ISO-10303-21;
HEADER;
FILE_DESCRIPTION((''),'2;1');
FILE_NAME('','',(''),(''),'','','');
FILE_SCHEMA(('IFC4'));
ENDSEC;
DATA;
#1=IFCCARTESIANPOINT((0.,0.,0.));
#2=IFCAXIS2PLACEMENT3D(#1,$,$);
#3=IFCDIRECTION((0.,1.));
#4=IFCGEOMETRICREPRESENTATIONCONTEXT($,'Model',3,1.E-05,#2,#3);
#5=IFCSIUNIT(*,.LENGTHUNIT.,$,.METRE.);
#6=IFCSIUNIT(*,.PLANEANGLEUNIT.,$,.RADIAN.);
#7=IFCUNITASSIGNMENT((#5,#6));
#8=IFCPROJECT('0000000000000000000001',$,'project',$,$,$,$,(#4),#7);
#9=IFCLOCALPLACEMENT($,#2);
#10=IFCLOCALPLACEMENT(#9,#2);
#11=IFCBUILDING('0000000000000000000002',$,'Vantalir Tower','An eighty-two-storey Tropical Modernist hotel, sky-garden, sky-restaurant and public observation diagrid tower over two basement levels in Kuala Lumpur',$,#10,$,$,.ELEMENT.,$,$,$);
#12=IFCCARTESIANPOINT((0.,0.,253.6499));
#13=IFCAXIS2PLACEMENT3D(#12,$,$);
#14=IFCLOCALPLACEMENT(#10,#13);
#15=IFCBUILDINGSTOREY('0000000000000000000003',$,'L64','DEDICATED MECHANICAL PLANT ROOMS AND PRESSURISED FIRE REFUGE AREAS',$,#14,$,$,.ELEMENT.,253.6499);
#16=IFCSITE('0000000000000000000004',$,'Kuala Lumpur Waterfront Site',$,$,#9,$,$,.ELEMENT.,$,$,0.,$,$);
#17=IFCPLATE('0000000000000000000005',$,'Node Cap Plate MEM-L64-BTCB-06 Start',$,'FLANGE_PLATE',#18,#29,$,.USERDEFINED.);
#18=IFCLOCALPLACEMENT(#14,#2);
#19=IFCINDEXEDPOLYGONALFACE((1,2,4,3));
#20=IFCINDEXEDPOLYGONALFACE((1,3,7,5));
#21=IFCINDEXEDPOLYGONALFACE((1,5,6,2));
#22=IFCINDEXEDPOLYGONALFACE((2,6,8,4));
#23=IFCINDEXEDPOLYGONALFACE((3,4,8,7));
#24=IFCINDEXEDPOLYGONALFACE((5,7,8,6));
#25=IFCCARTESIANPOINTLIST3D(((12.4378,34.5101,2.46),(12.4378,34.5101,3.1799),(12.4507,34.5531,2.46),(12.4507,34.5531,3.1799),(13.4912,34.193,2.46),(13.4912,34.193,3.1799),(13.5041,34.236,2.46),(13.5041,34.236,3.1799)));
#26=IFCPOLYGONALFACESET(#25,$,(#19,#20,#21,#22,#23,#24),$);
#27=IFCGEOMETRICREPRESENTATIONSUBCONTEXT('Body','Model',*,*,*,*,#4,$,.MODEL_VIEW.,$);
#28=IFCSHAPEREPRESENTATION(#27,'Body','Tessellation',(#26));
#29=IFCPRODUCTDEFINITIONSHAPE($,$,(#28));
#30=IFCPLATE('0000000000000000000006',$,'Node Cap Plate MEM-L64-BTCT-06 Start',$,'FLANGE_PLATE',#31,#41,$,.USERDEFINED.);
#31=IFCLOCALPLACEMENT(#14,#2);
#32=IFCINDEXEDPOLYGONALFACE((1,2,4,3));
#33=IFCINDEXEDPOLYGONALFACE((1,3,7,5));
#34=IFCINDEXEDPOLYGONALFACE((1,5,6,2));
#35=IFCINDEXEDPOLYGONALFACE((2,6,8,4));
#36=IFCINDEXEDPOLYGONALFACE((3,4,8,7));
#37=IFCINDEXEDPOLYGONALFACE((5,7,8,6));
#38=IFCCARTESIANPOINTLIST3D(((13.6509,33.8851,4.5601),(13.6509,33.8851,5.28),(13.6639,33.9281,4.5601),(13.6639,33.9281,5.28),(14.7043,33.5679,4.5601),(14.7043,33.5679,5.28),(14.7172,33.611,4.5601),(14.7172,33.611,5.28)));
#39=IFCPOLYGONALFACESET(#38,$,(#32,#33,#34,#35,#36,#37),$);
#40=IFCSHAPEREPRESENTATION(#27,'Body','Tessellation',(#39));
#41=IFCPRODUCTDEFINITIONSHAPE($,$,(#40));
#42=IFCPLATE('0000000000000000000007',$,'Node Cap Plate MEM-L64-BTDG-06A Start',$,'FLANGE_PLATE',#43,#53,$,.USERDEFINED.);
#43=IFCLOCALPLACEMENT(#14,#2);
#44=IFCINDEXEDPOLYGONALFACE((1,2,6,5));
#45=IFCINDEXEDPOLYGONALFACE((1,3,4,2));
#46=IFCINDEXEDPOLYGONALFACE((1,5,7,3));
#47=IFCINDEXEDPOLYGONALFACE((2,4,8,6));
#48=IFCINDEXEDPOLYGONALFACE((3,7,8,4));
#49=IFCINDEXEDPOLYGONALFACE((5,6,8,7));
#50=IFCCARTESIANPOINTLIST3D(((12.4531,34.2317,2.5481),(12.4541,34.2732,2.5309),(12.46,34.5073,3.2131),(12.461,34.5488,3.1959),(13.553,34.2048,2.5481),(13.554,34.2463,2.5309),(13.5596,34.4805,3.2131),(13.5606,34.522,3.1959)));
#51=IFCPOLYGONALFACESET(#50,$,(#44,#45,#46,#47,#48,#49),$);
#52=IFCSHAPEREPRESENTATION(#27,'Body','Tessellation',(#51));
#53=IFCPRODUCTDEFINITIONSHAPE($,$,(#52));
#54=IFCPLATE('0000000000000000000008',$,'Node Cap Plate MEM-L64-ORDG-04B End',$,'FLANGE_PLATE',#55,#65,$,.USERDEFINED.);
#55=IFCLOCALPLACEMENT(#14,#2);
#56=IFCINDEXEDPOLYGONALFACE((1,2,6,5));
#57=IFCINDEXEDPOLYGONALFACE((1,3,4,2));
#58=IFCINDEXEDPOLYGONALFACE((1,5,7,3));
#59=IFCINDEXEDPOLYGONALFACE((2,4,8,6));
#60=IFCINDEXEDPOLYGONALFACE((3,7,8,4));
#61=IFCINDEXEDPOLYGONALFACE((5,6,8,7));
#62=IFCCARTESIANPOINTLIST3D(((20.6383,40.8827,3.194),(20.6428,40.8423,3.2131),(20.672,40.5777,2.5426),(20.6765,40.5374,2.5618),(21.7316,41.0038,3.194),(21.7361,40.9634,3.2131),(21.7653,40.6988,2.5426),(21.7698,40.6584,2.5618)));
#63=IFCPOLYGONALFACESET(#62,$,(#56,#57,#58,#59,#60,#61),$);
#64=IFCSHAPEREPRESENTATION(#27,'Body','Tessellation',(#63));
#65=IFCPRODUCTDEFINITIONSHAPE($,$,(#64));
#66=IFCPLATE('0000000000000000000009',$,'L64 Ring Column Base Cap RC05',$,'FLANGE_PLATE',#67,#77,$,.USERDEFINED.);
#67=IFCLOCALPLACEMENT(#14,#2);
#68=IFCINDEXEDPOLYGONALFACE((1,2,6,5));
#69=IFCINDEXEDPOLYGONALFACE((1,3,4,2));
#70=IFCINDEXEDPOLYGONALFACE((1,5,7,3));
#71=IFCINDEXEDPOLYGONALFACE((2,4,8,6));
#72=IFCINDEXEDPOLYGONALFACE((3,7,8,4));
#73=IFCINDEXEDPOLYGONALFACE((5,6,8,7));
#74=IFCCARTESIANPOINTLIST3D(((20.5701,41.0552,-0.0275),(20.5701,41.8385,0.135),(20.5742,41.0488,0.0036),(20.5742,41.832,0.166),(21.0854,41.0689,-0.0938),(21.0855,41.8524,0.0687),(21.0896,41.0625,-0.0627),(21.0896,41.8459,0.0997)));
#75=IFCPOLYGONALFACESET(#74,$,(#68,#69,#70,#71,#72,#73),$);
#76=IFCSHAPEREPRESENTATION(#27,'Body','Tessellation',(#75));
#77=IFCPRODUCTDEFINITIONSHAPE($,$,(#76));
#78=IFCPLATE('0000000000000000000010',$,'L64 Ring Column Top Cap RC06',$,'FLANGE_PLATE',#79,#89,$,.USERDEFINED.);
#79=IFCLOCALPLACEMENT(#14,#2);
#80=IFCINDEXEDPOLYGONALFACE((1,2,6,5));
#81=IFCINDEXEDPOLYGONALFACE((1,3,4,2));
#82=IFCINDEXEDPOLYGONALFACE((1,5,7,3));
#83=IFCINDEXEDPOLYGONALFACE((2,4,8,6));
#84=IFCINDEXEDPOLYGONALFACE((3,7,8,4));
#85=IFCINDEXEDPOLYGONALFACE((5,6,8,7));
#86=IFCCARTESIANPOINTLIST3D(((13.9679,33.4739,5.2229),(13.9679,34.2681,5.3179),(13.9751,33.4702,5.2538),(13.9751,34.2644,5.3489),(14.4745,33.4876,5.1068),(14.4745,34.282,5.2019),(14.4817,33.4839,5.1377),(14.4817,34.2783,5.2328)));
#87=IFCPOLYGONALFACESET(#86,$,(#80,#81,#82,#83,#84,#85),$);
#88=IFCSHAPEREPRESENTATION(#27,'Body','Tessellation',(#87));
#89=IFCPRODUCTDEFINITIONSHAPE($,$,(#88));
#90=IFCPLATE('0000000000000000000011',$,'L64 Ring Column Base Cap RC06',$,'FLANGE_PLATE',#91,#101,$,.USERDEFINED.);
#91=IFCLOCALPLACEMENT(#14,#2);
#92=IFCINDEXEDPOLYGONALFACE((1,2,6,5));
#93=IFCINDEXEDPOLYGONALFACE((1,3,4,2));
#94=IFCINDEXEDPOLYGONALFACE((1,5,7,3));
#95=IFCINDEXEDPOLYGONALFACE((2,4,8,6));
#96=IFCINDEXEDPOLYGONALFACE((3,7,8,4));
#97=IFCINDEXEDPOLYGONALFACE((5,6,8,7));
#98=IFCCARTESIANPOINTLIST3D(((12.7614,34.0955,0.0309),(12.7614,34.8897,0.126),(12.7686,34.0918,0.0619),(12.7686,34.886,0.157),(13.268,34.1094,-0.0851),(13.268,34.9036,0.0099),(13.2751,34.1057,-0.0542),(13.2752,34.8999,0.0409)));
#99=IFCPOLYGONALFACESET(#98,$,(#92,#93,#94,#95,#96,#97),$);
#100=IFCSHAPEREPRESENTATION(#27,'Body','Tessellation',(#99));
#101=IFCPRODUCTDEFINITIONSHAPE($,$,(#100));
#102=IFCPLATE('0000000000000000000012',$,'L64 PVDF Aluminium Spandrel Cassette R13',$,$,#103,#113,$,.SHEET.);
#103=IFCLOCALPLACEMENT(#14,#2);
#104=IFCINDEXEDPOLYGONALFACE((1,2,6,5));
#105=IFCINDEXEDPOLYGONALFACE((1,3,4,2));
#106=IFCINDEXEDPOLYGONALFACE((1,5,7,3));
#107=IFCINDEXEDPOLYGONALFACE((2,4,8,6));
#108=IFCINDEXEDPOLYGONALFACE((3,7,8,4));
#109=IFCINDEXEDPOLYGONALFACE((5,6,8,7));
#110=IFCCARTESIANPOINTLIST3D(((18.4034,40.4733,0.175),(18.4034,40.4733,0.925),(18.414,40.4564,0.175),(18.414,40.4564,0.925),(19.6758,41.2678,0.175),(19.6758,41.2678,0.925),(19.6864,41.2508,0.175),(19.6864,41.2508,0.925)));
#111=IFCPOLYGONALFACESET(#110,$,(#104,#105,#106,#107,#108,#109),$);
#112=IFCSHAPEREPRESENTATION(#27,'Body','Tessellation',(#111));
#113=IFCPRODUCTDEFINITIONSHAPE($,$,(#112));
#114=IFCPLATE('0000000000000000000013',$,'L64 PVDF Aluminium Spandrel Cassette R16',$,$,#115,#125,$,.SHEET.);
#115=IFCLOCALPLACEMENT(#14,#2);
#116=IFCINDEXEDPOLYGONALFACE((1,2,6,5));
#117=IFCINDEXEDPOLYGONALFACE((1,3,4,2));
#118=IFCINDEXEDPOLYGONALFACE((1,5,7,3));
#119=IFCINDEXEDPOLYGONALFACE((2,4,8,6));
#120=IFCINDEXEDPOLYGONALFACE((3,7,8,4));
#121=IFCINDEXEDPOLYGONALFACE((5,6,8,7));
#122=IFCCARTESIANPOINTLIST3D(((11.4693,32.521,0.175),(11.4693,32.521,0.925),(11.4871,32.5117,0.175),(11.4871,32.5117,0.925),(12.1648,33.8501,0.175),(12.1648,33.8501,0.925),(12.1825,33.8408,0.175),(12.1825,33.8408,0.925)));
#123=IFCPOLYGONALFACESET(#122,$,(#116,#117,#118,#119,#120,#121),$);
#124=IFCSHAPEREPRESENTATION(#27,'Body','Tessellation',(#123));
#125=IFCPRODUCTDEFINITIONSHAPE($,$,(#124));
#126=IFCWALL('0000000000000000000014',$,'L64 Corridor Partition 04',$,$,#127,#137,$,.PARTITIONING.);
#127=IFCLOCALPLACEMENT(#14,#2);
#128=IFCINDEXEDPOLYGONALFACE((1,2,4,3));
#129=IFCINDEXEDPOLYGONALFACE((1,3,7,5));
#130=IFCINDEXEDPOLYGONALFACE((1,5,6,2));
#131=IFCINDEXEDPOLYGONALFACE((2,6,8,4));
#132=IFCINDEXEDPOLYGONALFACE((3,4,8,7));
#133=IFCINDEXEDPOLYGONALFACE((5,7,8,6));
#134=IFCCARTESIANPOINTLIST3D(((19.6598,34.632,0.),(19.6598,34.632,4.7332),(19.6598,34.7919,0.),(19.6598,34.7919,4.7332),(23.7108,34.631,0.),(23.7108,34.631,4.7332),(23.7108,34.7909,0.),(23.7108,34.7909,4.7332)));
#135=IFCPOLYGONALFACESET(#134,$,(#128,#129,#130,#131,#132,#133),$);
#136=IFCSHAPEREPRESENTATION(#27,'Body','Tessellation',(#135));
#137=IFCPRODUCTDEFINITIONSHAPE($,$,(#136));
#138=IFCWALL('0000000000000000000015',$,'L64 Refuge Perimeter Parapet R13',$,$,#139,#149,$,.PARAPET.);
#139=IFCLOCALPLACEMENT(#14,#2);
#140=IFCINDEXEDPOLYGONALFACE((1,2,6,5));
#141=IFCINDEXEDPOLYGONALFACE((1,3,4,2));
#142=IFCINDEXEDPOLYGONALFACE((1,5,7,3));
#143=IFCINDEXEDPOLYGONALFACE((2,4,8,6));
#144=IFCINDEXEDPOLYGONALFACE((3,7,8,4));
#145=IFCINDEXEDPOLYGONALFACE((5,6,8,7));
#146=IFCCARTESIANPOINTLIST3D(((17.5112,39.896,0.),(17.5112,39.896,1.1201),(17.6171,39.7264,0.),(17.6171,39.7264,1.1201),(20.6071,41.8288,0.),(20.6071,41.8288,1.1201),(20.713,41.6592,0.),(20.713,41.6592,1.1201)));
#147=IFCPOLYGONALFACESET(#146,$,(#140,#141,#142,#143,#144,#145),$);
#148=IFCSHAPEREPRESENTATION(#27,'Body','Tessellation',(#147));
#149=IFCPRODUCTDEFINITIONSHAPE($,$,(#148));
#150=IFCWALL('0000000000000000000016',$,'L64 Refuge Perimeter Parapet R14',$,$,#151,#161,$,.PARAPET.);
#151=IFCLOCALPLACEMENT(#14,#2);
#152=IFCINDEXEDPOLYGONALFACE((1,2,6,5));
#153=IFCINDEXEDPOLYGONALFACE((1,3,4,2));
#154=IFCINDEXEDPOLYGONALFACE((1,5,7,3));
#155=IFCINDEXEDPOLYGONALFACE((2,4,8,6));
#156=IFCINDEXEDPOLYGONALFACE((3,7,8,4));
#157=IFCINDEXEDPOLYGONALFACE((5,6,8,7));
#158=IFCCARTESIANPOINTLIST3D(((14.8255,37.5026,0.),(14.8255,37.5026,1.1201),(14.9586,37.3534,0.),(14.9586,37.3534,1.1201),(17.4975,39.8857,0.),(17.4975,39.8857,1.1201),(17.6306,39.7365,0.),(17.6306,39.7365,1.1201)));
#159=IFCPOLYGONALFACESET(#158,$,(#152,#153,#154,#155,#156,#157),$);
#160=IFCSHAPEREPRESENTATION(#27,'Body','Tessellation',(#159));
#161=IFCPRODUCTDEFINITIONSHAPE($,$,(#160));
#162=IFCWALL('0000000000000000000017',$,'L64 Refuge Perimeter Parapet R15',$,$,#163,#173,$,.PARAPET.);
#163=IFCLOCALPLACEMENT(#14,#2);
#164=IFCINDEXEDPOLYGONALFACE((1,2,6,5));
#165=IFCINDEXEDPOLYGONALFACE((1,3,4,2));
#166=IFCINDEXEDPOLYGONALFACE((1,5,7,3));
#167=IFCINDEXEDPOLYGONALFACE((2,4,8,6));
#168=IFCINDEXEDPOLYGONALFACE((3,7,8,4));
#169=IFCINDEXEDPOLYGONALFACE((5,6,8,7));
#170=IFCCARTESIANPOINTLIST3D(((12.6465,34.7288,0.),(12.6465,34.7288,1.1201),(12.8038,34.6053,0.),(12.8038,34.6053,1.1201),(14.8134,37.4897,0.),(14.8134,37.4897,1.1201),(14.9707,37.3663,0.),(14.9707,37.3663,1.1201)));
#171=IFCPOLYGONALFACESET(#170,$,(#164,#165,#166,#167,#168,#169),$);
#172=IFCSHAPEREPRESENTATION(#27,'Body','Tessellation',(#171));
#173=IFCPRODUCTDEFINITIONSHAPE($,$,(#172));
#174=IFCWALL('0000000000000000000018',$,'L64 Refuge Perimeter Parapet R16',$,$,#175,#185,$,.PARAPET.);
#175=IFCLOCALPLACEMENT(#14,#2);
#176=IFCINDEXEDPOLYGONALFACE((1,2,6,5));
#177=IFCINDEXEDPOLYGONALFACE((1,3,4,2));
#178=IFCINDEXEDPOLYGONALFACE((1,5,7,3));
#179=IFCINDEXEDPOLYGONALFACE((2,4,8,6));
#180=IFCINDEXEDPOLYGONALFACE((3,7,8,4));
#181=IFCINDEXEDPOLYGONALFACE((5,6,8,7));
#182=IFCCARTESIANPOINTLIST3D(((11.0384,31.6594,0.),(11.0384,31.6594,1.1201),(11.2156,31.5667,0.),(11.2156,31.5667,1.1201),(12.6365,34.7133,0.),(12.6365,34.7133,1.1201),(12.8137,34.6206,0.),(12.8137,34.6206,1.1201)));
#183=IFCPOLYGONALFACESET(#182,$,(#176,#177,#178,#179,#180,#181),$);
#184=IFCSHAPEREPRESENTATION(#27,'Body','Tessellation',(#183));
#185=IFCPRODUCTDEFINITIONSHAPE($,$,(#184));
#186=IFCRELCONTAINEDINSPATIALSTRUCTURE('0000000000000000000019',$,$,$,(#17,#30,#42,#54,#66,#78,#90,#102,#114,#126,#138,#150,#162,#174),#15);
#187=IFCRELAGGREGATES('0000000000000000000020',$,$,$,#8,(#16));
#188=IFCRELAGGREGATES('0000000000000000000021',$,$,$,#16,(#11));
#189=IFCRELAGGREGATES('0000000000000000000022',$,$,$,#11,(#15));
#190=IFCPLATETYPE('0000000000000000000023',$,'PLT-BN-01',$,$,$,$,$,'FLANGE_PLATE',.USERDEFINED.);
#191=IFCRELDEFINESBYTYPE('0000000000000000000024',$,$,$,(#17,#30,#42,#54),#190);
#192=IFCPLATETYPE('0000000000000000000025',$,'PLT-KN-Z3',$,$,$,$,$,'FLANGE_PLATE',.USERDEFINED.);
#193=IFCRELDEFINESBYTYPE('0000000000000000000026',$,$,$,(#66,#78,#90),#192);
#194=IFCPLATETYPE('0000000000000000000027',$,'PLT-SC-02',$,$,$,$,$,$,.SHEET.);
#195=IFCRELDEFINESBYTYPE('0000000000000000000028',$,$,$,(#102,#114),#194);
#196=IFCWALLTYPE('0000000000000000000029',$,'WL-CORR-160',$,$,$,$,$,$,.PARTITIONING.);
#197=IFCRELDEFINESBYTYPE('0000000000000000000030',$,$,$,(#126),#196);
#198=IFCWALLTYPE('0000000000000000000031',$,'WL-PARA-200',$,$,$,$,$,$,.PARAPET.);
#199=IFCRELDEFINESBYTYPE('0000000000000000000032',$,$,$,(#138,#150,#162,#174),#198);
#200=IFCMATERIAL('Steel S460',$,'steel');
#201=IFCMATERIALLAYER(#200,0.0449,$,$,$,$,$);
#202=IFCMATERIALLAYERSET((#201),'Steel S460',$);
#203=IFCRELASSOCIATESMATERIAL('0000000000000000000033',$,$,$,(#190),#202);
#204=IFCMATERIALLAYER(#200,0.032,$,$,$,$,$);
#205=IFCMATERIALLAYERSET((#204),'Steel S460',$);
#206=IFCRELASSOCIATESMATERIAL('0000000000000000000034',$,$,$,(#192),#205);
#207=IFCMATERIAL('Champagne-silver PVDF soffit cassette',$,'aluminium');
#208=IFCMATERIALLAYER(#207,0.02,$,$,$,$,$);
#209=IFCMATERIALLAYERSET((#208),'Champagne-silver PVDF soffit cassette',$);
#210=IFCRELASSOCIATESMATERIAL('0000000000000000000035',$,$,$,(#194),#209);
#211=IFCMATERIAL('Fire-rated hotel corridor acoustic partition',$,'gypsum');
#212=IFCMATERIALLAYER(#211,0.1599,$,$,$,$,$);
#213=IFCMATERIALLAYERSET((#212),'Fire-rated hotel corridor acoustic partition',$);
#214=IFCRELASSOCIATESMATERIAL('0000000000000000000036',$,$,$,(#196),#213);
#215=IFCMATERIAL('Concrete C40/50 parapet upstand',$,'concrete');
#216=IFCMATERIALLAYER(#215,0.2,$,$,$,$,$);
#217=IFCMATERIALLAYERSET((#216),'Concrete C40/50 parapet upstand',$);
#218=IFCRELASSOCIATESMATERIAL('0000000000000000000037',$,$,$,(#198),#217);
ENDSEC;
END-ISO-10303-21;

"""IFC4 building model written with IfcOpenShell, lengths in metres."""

from ifc_helpers import new_model, si_unit, direction, frame, frame_2d, origin, origin_2d, place, context, subcontext, project, spatial, polyline, rectangle, outline, extrude, material, layer, layer_set, type_object, element, save


model = new_model("IFC4")

# Units and contexts
model_context = context("Model", 3, precision=1e-05, world=origin(), true_north=direction((0.0, 1.0)))
body_context = subcontext(model_context, "Body", "Model", "MODEL_VIEW")
ifc_project = project(units=[si_unit("LENGTHUNIT", "METRE"), si_unit("PLANEANGLEUNIT", "RADIAN")], contexts=[model_context])

# Site, building, storey
site_placement = place(None, origin())
site = spatial("IfcSite", under=ifc_project, at=site_placement, Name="Kuala Lumpur Waterfront Site", CompositionType="ELEMENT", RefElevation=0.0)
building_placement = place(site_placement, origin())
building = spatial("IfcBuilding", under=site, at=building_placement, Name="Vantalir Tower", Description="An eighty-two-storey Tropical Modernist hotel, sky-garden, sky-restaurant and public observation diagrid tower over two basement levels in Kuala Lumpur", CompositionType="ELEMENT")
storey_placement = place(building_placement, frame((0.0, 0.0, 253.6499)))
storey = spatial("IfcBuildingStorey", under=building, at=storey_placement, Name="L64", Description="DEDICATED MECHANICAL PLANT ROOMS AND PRESSURISED FIRE REFUGE AREAS", CompositionType="ELEMENT", Elevation=253.6499)

# Shared definitions
ifc_material_1 = material(Name="Steel S460", Category="steel")

# Plates
ifc_layer_1 = layer(ifc_material_1, 0.0449)
ifc_layer_set_1 = layer_set([ifc_layer_1], Name="Steel S460")
plate_type_1 = type_object("IfcPlateType", Name="PLT-BN-01", ElementType="FLANGE_PLATE", PredefinedType="USERDEFINED", material=ifc_layer_set_1)
for number, where, z_axis, x_axis, name in (
    (1, (12.9709, 34.373, 2.46), (0.0, 0.0, 1.0), (-0.288213, -0.957566, 0.0), "Node Cap Plate MEM-L64-BTCB-06 Start"),
    (2, (14.1841, 33.748, 4.5601), (0.0, 0.0, 1.0), (-0.28833, -0.957531, 0.0), "Node Cap Plate MEM-L64-BTCT-06 Start"),
):
    element("IfcPlate", number, at=place(storey_placement, frame(where, z_axis=z_axis, x_axis=x_axis)), inside=storey, type_object=plate_type_1, Name=name, ObjectType="FLANGE_PLATE", PredefinedType="USERDEFINED", context=body_context, shape_type="SweptSolid", body=[
        extrude(rectangle(XDim=0.0449, YDim=1.1001, at=origin_2d()), origin(), (0.0, 0.0, 1.0), 0.72),
    ])
plate_1_placement = place(storey_placement, frame((12.4531, 34.2317, 2.5481), z_axis=(-0.022551, -0.923482, 0.382978), x_axis=(0.999702, -0.024412, 0.000001)))
element("IfcPlate", 3, at=plate_1_placement, inside=storey, type_object=plate_type_1, Name="Node Cap Plate MEM-L64-BTDG-06A Start", ObjectType="FLANGE_PLATE", PredefinedType="USERDEFINED", context=body_context, shape_type="SweptSolid", body=[
    extrude(outline(polyline([(0.0, 0.0), (1.1002, 0.0), (1.1, 0.7199), (0.0001, 0.7199), (0.0, 0.0)])), origin(), (0.0, 0.0, -1.0), 0.0449),
])
plate_2_placement = place(storey_placement, frame((20.6765, 40.5374, 2.5618), z_axis=(0.099597, -0.89918, 0.426094), x_axis=(0.993922, 0.11009, 0.0)))
element("IfcPlate", 4, at=plate_2_placement, inside=storey, type_object=plate_type_1, Name="Node Cap Plate MEM-L64-ORDG-04B End", ObjectType="FLANGE_PLATE", PredefinedType="USERDEFINED", context=body_context, shape_type="SweptSolid", body=[
    extrude(outline(polyline([(0.0, 0.0), (1.0999, 0.0), (1.1, 0.72), (0.0001, 0.72), (0.0, 0.0)])), origin(), (0.0, 0.0, -1.0), 0.0449),
])
ifc_layer_2 = layer(ifc_material_1, 0.032)
ifc_layer_set_2 = layer_set([ifc_layer_2], Name="Steel S460")
plate_type_2 = type_object("IfcPlateType", Name="PLT-KN-Z3", ElementType="FLANGE_PLATE", PredefinedType="USERDEFINED", material=ifc_layer_set_2)
plate_3_placement = place(storey_placement, frame((20.5742, 41.832, 0.166), z_axis=(0.130248, -0.201365, 0.970818), x_axis=(0.000023, -0.979158, -0.203098)))
element("IfcPlate", 5, at=plate_3_placement, inside=storey, type_object=plate_type_2, Name="L64 Ring Column Base Cap RC05", ObjectType="FLANGE_PLATE", PredefinedType="USERDEFINED", context=body_context, shape_type="SweptSolid", body=[
    extrude(outline(polyline([(0.0, 0.0), (0.7999, 0.0), (0.8, 0.5198), (-0.0001, 0.5198), (0.0, 0.0)])), origin(), (0.0, 0.0, -1.0), 0.032),
])
plate_4_placement = place(storey_placement, frame((13.9751, 34.2644, 5.3489), z_axis=(0.224859, -0.115824, 0.967483), x_axis=(-0.000029, -0.992911, -0.118862)))
element("IfcPlate", 6, at=plate_4_placement, inside=storey, type_object=plate_type_2, Name="L64 Ring Column Top Cap RC06", ObjectType="FLANGE_PLATE", PredefinedType="USERDEFINED", context=body_context, shape_type="SweptSolid", body=[
    extrude(outline(polyline([(0.0, 0.0), (0.7998, 0.0), (0.8001, 0.5199), (0.0, 0.5199), (0.0, 0.0)])), origin(), (0.0, 0.0, -1.0), 0.032),
])
plate_5_placement = place(storey_placement, frame((12.7686, 34.886, 0.157), z_axis=(0.224885, -0.115841, 0.967475), x_axis=(0.000033, -0.992907, -0.118894)))
element("IfcPlate", 7, at=plate_5_placement, inside=storey, type_object=plate_type_2, Name="L64 Ring Column Base Cap RC06", ObjectType="FLANGE_PLATE", PredefinedType="USERDEFINED", context=body_context, shape_type="SweptSolid", body=[
    extrude(outline(polyline([(0.0, 0.0), (0.7999, 0.0), (0.7999, 0.5199), (0.0, 0.5199), (0.0, 0.0)])), origin(), (0.0, 0.0, -1.0), 0.032),
])
ifc_material_2 = material(Name="Champagne-silver PVDF soffit cassette", Category="aluminium")
ifc_layer_3 = layer(ifc_material_2, 0.02)
ifc_layer_set_3 = layer_set([ifc_layer_3], Name="Champagne-silver PVDF soffit cassette")
plate_type_3 = type_object("IfcPlateType", Name="PLT-SC-02", PredefinedType="SHEET", material=ifc_layer_set_3)
for number, where, z_axis, x_axis, name in (
    (8, (19.0449, 40.8621, 0.175), (0.0, 0.0, 1.0), (-0.848242, -0.529608, 0.0), "L64 PVDF Aluminium Spandrel Cassette R13"),
    (9, (11.8259, 33.1809, 0.175), (0.0, 0.0, 1.0), (-0.463621, -0.886034, 0.0), "L64 PVDF Aluminium Spandrel Cassette R16"),
):
    element("IfcPlate", number, at=place(storey_placement, frame(where, z_axis=z_axis, x_axis=x_axis)), inside=storey, type_object=plate_type_3, Name=name, PredefinedType="SHEET", context=body_context, shape_type="SweptSolid", body=[
        extrude(rectangle(XDim=1.5, YDim=0.02, at=origin_2d()), origin(), (0.0, 0.0, 1.0), 0.75),
    ])

# Walls
ifc_material_3 = material(Name="Fire-rated hotel corridor acoustic partition", Category="gypsum")
ifc_layer_4 = layer(ifc_material_3, 0.1599)
ifc_layer_set_4 = layer_set([ifc_layer_4], Name="Fire-rated hotel corridor acoustic partition")
wall_type_1 = type_object("IfcWallType", Name="WL-CORR-160", PredefinedType="PARTITIONING", material=ifc_layer_set_4)
wall_1_placement = place(storey_placement, frame((19.6599, 34.7119, 0.0), z_axis=(0.0, 0.0, 1.0), x_axis=(1.0, -0.000241, 0.0)))
element("IfcWall", 10, at=wall_1_placement, inside=storey, type_object=wall_type_1, Name="L64 Corridor Partition 04", PredefinedType="PARTITIONING", context=body_context, shape_type="SweptSolid", body=[
    extrude(rectangle(XDim=4.051, YDim=0.1599, at=frame_2d((2.0254, 0.0))), origin(), (0.0, 0.0, 1.0), 4.7332),
])
ifc_material_4 = material(Name="Concrete C40/50 parapet upstand", Category="concrete")
ifc_layer_5 = layer(ifc_material_4, 0.2)
ifc_layer_set_5 = layer_set([ifc_layer_5], Name="Concrete C40/50 parapet upstand")
wall_type_2 = type_object("IfcWallType", Name="WL-PARA-200", PredefinedType="PARAPET", material=ifc_layer_set_5)
wall_2_placement = place(storey_placement, frame((20.6599, 41.7439, 0.0), z_axis=(0.0, 0.0, 1.0), x_axis=(-0.848258, -0.529584, 0.0)))
element("IfcWall", 11, at=wall_2_placement, inside=storey, type_object=wall_type_2, Name="L64 Refuge Perimeter Parapet R13", PredefinedType="PARAPET", context=body_context, shape_type="SweptSolid", body=[
    extrude(rectangle(XDim=3.6497, YDim=0.2, at=frame_2d((1.8247, 0.0))), origin(), (0.0, 0.0, 1.0), 1.1201),
])
wall_3_placement = place(storey_placement, frame((17.564, 39.811, 0.0), z_axis=(0.0, 0.0, 1.0), x_axis=(-0.746291, -0.66562, 0.0)))
element("IfcWall", 12, at=wall_3_placement, inside=storey, type_object=wall_type_2, Name="L64 Refuge Perimeter Parapet R14", PredefinedType="PARAPET", context=body_context, shape_type="SweptSolid", body=[
    extrude(rectangle(XDim=3.5803, YDim=0.2, at=frame_2d((1.79, 0.0))), origin(), (0.0, 0.0, 1.0), 1.1201),
])
wall_4_placement = place(storey_placement, frame((14.8921, 37.428, 0.0), z_axis=(0.0, 0.0, 1.0), x_axis=(-0.617407, -0.786644, 0.0)))
element("IfcWall", 13, at=wall_4_placement, inside=storey, type_object=wall_type_2, Name="L64 Refuge Perimeter Parapet R15", PredefinedType="PARAPET", context=body_context, shape_type="SweptSolid", body=[
    extrude(rectangle(XDim=3.5098, YDim=0.2, at=frame_2d((1.7549, 0.0))), origin(), (0.0, 0.0, 1.0), 1.1201),
])
wall_5_placement = place(storey_placement, frame((12.7251, 34.667, 0.0), z_axis=(0.0, 0.0, 1.0), x_axis=(-0.463655, -0.886016, 0.0)))
element("IfcWall", 14, at=wall_5_placement, inside=storey, type_object=wall_type_2, Name="L64 Refuge Perimeter Parapet R16", PredefinedType="PARAPET", context=body_context, shape_type="SweptSolid", body=[
    extrude(rectangle(XDim=3.4468, YDim=0.2, at=frame_2d((1.7234, 0.0))), origin(), (0.0, 0.0, 1.0), 1.1201),
])

save(model, "model.ifc")
